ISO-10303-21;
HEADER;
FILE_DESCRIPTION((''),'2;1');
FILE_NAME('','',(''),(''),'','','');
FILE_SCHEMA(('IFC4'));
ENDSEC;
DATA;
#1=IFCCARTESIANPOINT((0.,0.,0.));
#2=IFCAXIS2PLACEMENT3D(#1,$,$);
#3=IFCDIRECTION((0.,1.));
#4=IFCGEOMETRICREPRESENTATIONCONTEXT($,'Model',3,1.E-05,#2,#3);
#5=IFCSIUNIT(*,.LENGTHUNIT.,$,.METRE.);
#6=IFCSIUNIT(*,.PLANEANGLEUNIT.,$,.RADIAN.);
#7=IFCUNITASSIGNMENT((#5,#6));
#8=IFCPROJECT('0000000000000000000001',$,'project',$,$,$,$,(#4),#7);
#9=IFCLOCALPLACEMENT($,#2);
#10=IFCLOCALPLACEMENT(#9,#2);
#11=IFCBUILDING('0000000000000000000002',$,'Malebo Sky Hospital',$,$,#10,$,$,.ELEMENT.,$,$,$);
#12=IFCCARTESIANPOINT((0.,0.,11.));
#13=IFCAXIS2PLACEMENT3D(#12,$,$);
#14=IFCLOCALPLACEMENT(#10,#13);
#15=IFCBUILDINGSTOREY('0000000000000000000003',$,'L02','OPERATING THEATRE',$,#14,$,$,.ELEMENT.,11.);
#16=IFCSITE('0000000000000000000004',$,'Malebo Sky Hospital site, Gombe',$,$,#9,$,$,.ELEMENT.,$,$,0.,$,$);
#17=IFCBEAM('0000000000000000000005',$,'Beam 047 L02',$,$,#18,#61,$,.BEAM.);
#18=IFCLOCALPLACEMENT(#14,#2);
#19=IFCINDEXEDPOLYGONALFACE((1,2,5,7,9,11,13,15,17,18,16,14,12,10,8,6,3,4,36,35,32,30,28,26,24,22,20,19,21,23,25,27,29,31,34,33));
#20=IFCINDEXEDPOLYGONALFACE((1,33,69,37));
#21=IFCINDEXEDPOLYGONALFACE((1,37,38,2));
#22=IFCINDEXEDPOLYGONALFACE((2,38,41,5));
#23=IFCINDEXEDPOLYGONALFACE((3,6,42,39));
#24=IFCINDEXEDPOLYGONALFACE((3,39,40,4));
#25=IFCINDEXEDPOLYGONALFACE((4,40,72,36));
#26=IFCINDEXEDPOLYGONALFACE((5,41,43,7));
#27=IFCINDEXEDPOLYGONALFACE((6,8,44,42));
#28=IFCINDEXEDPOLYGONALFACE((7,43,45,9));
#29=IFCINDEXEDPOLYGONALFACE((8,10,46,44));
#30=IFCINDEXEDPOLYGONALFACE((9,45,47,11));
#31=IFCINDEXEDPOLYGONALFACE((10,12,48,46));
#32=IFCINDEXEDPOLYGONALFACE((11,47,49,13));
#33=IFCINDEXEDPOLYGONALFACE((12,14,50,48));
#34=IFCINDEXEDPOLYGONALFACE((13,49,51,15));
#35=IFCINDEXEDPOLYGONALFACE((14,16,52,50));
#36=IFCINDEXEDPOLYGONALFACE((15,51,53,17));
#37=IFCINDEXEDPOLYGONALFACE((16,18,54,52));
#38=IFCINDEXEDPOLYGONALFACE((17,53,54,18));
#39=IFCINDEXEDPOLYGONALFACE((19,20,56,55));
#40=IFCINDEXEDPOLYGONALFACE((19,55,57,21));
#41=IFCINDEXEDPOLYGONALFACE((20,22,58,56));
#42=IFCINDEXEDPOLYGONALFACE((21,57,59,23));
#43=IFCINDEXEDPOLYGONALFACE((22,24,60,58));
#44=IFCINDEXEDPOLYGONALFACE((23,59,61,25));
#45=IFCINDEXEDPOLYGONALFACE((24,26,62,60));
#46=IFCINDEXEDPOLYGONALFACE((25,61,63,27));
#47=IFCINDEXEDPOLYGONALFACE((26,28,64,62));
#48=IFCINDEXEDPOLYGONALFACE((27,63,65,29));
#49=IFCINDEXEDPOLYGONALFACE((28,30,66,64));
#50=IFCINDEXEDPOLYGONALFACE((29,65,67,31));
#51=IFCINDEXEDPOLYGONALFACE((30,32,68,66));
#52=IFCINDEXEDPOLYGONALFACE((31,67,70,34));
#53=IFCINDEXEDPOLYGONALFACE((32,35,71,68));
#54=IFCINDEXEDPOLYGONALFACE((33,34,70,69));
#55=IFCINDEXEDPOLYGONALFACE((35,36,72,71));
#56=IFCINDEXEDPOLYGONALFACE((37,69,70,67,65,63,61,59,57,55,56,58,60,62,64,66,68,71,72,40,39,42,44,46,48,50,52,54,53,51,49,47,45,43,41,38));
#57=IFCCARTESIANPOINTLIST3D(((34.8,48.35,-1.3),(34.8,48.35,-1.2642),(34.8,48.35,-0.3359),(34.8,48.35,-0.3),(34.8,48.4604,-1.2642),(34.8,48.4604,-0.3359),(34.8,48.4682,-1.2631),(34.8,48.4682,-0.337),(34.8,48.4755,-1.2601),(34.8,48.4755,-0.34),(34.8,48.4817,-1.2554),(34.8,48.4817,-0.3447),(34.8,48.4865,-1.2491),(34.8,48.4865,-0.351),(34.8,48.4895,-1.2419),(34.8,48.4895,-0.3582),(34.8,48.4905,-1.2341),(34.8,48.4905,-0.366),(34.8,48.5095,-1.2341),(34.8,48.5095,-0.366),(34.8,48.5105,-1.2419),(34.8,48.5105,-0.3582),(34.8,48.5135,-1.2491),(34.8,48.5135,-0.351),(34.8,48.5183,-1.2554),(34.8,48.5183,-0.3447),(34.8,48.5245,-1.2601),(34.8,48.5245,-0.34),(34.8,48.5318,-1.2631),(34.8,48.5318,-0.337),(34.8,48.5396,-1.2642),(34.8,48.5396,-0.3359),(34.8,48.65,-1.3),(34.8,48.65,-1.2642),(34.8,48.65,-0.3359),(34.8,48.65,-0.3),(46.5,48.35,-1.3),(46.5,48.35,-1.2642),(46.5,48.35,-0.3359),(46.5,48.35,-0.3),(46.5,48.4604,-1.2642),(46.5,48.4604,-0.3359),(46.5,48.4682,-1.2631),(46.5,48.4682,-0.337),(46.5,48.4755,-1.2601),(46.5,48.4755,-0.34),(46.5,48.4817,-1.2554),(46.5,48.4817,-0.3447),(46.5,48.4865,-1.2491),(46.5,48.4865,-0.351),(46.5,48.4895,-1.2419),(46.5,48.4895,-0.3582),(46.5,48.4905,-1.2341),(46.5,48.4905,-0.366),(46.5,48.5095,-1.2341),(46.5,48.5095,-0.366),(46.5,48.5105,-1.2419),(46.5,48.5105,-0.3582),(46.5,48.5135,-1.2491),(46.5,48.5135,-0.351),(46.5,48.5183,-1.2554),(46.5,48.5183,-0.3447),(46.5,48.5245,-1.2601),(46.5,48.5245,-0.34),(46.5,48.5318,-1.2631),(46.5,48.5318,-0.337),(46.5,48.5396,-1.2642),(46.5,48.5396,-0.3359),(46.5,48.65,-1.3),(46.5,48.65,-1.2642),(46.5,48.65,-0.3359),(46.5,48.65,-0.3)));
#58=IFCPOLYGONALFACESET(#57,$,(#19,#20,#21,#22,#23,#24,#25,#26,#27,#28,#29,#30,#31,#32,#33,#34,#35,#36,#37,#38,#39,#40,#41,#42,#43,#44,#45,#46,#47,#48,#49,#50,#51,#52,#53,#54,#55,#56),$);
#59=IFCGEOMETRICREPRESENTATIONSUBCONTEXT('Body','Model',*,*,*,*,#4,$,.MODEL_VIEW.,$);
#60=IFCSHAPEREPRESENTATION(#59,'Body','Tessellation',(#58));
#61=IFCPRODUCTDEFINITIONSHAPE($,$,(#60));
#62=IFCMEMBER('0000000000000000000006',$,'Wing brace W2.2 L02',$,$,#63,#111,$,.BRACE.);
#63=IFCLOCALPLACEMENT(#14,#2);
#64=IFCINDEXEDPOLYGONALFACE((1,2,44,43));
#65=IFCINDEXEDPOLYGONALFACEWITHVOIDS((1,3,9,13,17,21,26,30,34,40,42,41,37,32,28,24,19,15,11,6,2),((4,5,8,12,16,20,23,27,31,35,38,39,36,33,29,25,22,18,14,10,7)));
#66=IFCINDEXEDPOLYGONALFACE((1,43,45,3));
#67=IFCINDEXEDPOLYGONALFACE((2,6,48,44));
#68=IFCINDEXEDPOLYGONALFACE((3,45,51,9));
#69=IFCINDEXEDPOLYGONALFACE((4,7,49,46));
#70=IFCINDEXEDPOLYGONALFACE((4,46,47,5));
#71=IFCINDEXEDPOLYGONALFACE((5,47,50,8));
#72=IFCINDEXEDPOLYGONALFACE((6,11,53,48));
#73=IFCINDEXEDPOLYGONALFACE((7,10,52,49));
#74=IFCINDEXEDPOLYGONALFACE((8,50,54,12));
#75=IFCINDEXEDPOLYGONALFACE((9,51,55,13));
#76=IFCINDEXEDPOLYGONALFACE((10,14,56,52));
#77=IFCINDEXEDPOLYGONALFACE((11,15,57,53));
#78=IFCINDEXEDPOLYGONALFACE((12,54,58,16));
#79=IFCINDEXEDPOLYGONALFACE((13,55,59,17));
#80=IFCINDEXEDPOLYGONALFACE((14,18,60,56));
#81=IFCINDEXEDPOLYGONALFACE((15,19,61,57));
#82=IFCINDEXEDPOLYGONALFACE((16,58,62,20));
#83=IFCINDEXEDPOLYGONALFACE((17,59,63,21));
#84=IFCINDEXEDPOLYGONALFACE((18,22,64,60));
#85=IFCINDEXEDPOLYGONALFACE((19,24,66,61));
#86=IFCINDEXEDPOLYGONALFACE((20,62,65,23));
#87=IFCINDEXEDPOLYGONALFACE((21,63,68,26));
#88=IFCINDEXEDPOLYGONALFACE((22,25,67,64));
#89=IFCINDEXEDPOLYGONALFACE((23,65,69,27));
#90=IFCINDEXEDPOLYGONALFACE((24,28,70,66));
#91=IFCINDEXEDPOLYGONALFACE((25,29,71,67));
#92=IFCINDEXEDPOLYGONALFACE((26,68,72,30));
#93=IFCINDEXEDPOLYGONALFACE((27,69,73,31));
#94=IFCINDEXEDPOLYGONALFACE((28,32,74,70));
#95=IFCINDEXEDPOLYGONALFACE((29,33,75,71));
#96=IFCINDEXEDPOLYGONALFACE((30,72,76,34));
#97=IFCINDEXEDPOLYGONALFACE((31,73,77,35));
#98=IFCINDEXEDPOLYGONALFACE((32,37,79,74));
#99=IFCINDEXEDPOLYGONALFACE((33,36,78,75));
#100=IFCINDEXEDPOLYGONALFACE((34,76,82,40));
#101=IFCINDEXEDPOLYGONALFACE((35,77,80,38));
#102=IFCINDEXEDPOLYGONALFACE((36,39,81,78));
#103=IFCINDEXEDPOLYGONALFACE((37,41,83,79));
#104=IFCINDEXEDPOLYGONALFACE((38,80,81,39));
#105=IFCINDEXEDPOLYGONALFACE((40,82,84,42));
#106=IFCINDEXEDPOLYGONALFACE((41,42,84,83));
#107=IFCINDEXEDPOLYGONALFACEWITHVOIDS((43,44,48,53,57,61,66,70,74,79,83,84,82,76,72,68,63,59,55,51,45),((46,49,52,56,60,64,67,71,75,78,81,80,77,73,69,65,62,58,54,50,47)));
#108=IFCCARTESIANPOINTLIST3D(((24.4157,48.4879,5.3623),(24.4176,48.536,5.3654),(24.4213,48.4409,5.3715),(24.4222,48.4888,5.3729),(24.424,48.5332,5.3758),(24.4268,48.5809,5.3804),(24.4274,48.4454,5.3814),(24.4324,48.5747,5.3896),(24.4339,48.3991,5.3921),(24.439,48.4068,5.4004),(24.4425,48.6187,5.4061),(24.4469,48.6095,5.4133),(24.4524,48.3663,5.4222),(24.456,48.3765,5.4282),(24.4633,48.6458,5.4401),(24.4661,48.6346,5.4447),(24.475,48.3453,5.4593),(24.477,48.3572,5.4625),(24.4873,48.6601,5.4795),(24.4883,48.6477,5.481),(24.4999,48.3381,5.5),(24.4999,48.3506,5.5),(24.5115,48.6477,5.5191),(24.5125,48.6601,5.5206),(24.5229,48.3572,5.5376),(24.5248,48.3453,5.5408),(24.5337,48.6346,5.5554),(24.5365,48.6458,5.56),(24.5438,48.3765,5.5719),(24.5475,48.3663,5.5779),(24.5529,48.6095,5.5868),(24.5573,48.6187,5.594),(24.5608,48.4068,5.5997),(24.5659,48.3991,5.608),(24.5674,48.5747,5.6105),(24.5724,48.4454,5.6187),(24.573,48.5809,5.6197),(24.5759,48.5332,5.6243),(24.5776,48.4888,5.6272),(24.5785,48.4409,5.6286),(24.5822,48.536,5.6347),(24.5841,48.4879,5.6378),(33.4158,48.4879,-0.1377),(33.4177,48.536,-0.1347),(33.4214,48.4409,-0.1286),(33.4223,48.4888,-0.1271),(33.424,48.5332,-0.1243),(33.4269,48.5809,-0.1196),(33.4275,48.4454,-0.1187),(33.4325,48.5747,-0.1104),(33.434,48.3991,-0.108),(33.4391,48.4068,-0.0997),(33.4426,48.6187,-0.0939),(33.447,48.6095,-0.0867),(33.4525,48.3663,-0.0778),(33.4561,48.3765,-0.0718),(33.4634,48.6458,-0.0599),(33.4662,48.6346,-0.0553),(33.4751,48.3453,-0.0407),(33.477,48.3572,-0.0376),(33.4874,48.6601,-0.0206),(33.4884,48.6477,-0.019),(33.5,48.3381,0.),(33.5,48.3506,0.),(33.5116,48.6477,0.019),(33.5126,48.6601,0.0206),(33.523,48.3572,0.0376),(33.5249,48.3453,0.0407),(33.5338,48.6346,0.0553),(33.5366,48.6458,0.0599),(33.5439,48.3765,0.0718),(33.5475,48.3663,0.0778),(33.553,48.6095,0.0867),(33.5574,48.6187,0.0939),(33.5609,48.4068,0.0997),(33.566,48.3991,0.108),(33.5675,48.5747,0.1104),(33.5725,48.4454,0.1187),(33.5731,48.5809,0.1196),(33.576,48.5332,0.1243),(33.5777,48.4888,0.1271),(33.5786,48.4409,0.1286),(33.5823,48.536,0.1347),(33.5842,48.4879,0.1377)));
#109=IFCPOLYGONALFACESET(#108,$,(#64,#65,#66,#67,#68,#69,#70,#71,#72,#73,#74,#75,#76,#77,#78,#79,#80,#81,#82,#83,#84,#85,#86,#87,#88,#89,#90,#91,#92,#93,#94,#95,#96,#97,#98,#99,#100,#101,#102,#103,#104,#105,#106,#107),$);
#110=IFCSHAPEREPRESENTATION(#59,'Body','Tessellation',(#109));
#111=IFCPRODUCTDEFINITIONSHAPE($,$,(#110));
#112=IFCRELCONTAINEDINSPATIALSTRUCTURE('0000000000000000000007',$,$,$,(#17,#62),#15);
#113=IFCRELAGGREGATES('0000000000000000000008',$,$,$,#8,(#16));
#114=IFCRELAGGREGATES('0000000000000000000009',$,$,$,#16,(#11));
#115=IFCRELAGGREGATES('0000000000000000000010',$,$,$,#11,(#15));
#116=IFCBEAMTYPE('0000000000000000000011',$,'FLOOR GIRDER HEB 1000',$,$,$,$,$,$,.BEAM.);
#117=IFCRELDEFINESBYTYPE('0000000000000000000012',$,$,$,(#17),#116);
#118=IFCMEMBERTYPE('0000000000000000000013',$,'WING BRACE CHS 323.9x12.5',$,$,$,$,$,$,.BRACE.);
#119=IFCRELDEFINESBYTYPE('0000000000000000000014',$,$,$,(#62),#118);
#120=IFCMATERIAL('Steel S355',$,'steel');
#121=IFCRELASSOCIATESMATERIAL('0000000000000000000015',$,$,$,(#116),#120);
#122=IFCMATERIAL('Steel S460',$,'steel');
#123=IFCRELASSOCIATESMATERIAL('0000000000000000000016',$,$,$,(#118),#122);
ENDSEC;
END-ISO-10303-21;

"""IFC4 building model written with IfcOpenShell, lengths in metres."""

from ifc_helpers import new_model, si_unit, direction, frame, origin, origin_2d, place, context, subcontext, project, spatial, hollow_circle, i_section, extrude, material, material_profile, profile_set, type_object, element, save


model = new_model("IFC4")

# Units and contexts
model_context = context("Model", 3, precision=1e-05, world=origin(), true_north=direction((0.0, 1.0)))
body_context = subcontext(model_context, "Body", "Model", "MODEL_VIEW")
ifc_project = project(units=[si_unit("LENGTHUNIT", "METRE"), si_unit("PLANEANGLEUNIT", "RADIAN")], contexts=[model_context])

# Site, building, storey
site_placement = place(None, origin())
site = spatial("IfcSite", under=ifc_project, at=site_placement, Name="Malebo Sky Hospital site, Gombe", CompositionType="ELEMENT", RefElevation=0.0)
building_placement = place(site_placement, origin())
building = spatial("IfcBuilding", under=site, at=building_placement, Name="Malebo Sky Hospital", CompositionType="ELEMENT")
storey_placement = place(building_placement, frame((0.0, 0.0, 11.0)))
storey = spatial("IfcBuildingStorey", under=building, at=storey_placement, Name="L02", Description="OPERATING THEATRE", CompositionType="ELEMENT", Elevation=11.0)

# Shared definitions
ifc_material_1 = material(Name="Steel S460", Category="steel")
ifc_material_2 = material(Name="Steel S355", Category="steel")

# Beam
ifc_material_profile_1 = material_profile(ifc_material_2, i_section(OverallWidth=0.3, OverallDepth=1.0, WebThickness=0.019, FlangeThickness=0.0359, FilletRadius=0.03, at=origin_2d()), Name="HEB 1000")
ifc_profile_set_1 = profile_set([ifc_material_profile_1], Name="Steel S355")
beam_type_1 = type_object("IfcBeamType", Name="FLOOR GIRDER HEB 1000", PredefinedType="BEAM", material=ifc_profile_set_1)
beam_1_placement = place(storey_placement, frame((34.8, 48.5, -0.8), z_axis=(1.0, 0.0, 0.0), x_axis=(0.0, 1.0, 0.0)))
element("IfcBeam", 1, at=beam_1_placement, inside=storey, type_object=beam_type_1, Name="Beam 047 L02", PredefinedType="BEAM", context=body_context, shape_type="SweptSolid", body=[
    extrude(i_section(OverallWidth=0.3, OverallDepth=1.0, WebThickness=0.019, FlangeThickness=0.0359, FilletRadius=0.03, at=origin_2d()), origin(), (0.0, 0.0, 1.0), 11.7),
])

# Member
ifc_material_profile_2 = material_profile(ifc_material_1, hollow_circle(Radius=0.1619, WallThickness=0.0125, at=origin_2d()), Name="CHS 323.9x12.5")
ifc_profile_set_2 = profile_set([ifc_material_profile_2], Name="Steel S460")
member_type = type_object("IfcMemberType", Name="WING BRACE CHS 323.9x12.5", PredefinedType="BRACE", material=ifc_profile_set_2)
member_placement = place(storey_placement, frame((33.5, 48.5, 0.0), z_axis=(-0.853282, 0.0, 0.52145), x_axis=(0.0, -1.0, 0.0)))
element("IfcMember", 2, at=member_placement, inside=storey, type_object=member_type, Name="Wing brace W2.2 L02", PredefinedType="BRACE", context=body_context, shape_type="SweptSolid", body=[
    extrude(hollow_circle(Radius=0.1619, WallThickness=0.0125, at=origin_2d()), origin(), (0.0, 0.0, 1.0), 10.5476),
])

save(model, "model.ifc")
